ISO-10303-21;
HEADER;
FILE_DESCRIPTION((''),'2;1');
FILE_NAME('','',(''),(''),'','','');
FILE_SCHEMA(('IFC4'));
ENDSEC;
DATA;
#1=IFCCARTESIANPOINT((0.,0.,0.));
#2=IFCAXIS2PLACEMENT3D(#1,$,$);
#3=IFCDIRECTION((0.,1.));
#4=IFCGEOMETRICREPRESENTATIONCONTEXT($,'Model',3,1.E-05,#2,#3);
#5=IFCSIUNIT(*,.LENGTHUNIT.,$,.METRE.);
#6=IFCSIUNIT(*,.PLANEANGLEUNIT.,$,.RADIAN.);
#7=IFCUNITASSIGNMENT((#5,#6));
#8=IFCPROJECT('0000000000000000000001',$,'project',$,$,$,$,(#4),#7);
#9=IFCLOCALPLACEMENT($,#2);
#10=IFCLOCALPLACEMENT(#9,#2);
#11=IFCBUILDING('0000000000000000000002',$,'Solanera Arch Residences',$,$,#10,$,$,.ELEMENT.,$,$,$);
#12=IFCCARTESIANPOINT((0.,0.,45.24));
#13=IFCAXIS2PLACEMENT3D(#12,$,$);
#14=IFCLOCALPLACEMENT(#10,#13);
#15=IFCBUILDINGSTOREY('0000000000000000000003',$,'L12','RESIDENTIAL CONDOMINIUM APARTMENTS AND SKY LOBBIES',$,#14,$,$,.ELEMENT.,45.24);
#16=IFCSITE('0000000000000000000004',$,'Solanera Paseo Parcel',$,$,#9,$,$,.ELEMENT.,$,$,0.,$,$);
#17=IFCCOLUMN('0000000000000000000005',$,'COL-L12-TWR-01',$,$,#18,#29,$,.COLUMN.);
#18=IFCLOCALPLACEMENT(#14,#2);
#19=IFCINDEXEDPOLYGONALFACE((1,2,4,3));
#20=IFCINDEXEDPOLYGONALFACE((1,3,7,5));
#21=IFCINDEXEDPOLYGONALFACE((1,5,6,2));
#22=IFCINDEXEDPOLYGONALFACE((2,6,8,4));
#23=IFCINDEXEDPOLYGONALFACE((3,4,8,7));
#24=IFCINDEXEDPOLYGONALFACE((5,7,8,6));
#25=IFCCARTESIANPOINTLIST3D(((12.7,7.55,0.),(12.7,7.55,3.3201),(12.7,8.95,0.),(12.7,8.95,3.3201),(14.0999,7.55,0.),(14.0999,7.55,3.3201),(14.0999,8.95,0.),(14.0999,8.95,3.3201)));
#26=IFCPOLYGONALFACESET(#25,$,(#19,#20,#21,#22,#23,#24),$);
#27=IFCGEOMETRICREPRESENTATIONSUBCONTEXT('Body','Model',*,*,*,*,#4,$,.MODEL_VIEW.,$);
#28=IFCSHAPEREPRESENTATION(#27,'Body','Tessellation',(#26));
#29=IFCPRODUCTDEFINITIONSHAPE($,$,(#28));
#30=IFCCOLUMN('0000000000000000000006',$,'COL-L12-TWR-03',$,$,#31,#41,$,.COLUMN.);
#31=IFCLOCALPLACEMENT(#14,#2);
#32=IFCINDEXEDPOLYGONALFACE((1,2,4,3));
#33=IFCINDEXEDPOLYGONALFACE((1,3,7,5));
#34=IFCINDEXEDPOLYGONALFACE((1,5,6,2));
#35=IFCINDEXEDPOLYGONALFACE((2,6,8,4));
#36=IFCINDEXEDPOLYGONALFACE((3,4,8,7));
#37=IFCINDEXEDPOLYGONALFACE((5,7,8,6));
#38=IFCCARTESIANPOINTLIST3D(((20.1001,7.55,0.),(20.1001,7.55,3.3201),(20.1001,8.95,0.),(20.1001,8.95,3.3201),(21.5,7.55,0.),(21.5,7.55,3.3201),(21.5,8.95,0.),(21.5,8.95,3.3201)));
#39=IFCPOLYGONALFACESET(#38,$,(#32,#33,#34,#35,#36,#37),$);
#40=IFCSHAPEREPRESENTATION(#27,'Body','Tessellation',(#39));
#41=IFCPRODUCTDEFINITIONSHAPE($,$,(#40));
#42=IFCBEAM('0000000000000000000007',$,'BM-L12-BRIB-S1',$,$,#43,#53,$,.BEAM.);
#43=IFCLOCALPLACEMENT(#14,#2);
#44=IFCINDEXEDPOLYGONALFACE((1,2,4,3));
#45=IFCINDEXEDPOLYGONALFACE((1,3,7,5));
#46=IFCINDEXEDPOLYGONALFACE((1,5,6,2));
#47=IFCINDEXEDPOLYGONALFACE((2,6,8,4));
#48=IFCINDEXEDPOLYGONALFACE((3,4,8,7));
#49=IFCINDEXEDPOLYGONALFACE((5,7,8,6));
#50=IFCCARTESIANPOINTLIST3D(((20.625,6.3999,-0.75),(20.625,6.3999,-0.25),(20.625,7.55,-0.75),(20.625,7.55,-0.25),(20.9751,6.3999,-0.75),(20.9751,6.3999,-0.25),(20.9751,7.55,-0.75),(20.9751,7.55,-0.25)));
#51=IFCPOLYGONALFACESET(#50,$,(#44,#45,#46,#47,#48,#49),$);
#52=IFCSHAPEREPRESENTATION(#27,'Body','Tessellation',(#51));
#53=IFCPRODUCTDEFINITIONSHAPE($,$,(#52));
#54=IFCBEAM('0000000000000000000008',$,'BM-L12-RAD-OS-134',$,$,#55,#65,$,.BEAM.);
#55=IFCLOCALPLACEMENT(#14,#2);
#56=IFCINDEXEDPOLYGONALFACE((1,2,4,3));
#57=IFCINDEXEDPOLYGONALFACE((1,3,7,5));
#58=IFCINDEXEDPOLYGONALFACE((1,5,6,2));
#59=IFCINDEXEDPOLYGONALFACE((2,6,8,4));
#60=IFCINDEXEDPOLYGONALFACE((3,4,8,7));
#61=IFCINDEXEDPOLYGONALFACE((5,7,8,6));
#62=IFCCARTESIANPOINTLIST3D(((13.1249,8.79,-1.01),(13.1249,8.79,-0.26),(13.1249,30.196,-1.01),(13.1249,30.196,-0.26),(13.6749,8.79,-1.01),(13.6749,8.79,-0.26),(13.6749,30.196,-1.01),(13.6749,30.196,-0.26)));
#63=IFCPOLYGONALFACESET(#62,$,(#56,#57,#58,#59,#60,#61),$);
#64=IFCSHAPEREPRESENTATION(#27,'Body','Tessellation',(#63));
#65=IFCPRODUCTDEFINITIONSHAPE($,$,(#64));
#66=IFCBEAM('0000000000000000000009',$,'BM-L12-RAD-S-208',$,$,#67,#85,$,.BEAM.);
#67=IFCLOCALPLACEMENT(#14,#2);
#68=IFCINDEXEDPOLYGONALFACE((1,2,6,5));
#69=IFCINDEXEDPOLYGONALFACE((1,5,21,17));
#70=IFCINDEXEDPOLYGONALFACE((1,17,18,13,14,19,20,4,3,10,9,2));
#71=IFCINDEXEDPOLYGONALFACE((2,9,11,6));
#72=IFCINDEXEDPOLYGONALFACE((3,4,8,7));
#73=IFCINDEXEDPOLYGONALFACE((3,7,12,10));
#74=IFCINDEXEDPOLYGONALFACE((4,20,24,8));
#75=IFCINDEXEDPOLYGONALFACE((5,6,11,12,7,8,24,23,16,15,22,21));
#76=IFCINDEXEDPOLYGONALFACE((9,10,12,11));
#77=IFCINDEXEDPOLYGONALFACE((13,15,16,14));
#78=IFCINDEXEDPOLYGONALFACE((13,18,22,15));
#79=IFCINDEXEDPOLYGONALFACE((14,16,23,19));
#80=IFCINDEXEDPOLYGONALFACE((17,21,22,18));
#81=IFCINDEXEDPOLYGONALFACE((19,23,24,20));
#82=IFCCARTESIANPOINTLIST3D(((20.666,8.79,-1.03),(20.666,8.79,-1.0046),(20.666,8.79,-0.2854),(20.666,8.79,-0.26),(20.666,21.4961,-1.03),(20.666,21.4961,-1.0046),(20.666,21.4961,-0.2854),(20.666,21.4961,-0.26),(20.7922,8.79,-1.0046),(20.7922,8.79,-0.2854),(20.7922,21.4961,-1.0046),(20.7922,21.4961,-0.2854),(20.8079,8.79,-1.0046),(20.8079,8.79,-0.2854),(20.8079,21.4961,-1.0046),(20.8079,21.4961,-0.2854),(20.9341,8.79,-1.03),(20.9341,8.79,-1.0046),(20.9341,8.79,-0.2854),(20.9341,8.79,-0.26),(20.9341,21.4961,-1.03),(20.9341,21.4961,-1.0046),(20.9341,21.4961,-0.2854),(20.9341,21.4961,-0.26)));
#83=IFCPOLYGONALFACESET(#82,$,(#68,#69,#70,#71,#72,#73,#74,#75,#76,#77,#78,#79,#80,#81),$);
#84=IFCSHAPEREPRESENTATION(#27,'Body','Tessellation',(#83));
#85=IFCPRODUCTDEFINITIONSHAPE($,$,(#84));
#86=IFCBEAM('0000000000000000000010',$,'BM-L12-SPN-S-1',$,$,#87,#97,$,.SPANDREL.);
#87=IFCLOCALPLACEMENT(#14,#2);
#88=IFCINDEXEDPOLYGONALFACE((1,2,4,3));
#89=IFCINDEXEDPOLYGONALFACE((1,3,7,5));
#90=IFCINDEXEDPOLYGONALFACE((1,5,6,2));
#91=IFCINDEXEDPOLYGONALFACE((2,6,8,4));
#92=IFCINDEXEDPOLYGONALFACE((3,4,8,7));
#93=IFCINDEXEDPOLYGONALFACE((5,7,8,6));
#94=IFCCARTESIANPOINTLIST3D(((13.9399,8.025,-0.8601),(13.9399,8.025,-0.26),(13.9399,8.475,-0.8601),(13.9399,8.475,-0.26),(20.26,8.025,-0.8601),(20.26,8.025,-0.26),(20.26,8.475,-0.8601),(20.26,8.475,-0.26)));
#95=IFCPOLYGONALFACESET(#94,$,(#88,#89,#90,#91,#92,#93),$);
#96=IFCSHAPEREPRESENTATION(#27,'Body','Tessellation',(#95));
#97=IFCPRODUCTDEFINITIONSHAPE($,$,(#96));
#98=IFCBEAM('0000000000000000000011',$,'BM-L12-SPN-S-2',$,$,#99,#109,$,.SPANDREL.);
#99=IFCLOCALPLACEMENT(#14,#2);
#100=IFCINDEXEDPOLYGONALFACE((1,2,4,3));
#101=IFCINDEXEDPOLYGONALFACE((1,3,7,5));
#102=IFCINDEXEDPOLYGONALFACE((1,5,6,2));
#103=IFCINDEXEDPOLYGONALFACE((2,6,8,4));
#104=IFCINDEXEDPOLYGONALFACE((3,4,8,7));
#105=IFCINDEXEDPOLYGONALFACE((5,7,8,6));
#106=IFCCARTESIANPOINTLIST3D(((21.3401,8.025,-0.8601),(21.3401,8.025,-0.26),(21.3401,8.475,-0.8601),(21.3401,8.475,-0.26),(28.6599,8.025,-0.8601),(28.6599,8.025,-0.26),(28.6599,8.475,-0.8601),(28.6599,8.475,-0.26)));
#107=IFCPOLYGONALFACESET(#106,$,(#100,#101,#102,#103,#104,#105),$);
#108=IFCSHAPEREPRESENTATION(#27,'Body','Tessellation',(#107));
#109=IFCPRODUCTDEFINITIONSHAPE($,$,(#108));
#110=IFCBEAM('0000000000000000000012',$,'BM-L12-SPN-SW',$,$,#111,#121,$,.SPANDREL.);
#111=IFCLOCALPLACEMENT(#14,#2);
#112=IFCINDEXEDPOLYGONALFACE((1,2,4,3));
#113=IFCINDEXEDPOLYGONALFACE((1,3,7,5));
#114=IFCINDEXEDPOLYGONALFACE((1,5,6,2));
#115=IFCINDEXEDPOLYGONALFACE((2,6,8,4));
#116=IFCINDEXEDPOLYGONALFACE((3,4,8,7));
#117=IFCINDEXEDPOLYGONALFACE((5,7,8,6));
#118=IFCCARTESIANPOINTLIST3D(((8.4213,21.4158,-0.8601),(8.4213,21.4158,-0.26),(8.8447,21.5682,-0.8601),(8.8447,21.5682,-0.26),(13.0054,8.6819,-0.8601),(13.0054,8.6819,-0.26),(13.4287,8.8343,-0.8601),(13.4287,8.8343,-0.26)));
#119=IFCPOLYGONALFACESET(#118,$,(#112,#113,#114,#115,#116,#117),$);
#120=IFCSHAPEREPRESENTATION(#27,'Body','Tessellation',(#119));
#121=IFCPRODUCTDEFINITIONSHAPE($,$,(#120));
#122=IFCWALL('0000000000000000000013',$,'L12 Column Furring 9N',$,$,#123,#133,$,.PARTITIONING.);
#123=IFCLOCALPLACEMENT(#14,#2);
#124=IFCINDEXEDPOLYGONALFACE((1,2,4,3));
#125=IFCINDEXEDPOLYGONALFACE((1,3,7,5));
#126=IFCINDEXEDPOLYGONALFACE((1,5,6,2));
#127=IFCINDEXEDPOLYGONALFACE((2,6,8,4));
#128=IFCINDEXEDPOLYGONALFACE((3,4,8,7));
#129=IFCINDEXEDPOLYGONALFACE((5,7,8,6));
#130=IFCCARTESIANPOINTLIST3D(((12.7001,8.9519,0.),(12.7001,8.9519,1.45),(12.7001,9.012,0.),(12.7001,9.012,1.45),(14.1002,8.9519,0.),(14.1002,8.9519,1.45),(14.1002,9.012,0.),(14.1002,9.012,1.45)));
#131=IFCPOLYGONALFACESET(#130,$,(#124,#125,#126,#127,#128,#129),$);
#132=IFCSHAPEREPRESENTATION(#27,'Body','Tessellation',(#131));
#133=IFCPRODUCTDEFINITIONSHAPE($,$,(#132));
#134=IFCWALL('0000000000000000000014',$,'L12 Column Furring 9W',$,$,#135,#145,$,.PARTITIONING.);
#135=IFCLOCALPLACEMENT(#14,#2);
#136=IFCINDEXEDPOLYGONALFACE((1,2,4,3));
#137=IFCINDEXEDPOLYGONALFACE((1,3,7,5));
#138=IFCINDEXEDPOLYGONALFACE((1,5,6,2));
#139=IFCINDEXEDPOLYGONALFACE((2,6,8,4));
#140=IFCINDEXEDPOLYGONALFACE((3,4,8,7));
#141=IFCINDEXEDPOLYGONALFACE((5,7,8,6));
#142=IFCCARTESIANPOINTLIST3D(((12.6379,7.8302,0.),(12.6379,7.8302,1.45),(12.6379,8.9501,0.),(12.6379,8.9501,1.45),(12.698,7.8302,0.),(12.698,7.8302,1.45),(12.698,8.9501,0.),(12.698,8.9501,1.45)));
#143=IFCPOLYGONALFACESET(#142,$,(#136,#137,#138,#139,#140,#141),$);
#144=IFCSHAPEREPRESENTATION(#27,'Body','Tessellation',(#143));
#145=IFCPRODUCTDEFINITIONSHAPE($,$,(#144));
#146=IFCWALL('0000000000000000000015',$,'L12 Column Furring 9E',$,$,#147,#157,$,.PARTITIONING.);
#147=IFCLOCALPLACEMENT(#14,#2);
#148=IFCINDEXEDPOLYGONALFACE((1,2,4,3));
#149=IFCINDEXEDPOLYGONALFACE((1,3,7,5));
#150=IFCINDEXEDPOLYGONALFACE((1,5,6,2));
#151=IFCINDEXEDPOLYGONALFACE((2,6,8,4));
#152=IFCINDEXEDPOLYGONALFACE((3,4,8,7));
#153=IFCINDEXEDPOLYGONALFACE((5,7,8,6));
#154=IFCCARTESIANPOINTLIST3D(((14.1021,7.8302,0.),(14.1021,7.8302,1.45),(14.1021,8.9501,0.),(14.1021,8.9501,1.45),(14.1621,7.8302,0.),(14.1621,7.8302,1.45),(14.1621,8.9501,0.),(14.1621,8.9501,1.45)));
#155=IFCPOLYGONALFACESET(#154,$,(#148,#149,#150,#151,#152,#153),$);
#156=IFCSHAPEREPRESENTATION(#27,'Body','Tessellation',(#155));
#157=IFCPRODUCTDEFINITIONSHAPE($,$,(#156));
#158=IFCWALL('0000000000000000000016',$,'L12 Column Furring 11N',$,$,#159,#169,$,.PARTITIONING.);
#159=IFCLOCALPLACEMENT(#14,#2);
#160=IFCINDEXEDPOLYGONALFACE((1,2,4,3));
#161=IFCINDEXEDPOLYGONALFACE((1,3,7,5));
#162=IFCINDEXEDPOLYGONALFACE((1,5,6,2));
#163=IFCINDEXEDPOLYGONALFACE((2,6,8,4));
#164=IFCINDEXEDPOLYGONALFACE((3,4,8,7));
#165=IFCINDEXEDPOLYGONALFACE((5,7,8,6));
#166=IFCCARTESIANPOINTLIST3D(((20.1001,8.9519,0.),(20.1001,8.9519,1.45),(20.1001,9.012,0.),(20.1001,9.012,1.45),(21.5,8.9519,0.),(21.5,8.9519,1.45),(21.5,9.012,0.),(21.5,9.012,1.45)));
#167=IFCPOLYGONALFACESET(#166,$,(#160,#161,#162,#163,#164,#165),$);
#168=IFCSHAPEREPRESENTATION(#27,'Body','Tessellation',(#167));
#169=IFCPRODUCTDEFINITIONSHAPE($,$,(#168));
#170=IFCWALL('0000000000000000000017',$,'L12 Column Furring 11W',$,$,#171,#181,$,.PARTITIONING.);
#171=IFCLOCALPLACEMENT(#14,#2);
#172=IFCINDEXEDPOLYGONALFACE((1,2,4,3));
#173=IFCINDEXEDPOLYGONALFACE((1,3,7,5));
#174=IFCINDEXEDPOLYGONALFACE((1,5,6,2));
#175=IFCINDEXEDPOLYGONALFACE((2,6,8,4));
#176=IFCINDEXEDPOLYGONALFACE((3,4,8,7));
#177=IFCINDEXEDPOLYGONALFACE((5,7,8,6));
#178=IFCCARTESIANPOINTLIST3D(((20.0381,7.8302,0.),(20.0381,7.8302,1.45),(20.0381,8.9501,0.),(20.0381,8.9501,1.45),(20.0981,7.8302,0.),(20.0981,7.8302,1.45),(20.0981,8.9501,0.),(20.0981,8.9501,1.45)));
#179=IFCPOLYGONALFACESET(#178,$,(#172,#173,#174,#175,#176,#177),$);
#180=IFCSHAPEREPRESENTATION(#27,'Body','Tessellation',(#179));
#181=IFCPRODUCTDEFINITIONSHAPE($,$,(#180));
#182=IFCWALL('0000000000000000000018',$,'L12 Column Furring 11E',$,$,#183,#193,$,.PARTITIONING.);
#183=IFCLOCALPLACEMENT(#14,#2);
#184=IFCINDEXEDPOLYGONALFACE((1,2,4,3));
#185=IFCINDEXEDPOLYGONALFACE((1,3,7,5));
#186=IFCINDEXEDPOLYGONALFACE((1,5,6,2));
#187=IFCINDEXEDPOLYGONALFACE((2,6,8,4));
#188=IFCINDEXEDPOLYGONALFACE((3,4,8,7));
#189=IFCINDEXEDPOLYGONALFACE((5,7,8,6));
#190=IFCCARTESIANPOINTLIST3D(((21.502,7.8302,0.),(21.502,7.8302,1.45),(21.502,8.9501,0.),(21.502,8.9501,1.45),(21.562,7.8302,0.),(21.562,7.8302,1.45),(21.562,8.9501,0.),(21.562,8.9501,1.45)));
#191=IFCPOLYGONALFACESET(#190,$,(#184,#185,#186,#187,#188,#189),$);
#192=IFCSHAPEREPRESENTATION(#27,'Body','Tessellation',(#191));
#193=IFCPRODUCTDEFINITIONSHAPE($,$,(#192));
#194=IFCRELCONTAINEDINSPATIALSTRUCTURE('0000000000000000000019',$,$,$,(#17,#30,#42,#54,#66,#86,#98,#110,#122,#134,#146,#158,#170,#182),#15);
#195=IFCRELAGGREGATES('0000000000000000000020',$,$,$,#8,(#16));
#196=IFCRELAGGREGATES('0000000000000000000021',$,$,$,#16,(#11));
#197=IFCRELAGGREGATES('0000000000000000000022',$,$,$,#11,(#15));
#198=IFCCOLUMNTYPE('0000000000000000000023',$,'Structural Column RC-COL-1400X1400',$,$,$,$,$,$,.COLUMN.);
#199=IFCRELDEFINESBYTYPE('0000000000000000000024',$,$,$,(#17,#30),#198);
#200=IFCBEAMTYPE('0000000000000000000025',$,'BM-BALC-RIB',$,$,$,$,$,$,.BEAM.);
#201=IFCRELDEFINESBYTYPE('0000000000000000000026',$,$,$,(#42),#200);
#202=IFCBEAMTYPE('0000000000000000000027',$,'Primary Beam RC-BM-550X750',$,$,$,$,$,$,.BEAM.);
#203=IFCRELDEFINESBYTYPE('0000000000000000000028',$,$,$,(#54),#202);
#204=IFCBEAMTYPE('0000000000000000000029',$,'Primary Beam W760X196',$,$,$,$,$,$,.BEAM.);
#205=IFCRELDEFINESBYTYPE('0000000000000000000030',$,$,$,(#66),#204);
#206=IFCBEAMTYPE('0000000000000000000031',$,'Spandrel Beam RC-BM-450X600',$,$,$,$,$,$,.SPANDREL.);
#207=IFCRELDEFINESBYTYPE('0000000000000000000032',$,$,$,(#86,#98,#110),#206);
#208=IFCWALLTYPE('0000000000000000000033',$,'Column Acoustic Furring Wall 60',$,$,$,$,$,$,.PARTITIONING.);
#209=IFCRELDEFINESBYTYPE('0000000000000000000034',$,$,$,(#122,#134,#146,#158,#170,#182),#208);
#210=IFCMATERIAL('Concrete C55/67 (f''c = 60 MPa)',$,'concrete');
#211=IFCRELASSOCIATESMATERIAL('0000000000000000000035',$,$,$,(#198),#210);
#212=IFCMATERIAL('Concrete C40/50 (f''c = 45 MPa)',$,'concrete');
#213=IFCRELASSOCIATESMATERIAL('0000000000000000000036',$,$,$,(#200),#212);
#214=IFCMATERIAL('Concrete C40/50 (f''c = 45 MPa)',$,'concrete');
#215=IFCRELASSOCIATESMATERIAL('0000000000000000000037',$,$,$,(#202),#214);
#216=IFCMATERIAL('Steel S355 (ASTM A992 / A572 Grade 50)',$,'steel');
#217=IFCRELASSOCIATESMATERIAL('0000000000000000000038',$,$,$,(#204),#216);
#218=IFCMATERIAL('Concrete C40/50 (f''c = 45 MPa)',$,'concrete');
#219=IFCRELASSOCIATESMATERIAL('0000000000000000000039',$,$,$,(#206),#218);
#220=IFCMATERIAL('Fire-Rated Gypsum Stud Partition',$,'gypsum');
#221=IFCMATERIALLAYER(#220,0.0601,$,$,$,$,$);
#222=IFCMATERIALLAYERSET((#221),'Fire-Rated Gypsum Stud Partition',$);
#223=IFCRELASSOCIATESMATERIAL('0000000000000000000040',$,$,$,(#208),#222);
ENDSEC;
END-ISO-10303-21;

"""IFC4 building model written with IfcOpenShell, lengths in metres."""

from ifc_helpers import new_model, si_unit, direction, frame, frame_2d, origin, origin_2d, place, context, subcontext, project, spatial, rectangle, i_section, extrude, material, layer, layer_set, material_profile, profile_set, type_object, element, save


model = new_model("IFC4")

# Units and contexts
model_context = context("Model", 3, precision=1e-05, world=origin(), true_north=direction((0.0, 1.0)))
body_context = subcontext(model_context, "Body", "Model", "MODEL_VIEW")
ifc_project = project(units=[si_unit("LENGTHUNIT", "METRE"), si_unit("PLANEANGLEUNIT", "RADIAN")], contexts=[model_context])

# Site, building, storey
site_placement = place(None, origin())
site = spatial("IfcSite", under=ifc_project, at=site_placement, Name="Solanera Paseo Parcel", CompositionType="ELEMENT", RefElevation=0.0)
building_placement = place(site_placement, origin())
building = spatial("IfcBuilding", under=site, at=building_placement, Name="Solanera Arch Residences", CompositionType="ELEMENT")
storey_placement = place(building_placement, frame((0.0, 0.0, 45.24)))
storey = spatial("IfcBuildingStorey", under=building, at=storey_placement, Name="L12", Description="RESIDENTIAL CONDOMINIUM APARTMENTS AND SKY LOBBIES", CompositionType="ELEMENT", Elevation=45.24)

# Columns
ifc_material_1 = material(Name="Concrete C55/67 (f'c = 60 MPa)", Category="concrete")
ifc_material_profile_1 = material_profile(ifc_material_1, rectangle(XDim=1.3999, YDim=1.3999, at=origin_2d()))
ifc_profile_set_1 = profile_set([ifc_material_profile_1], Name="Concrete C55/67 (f'c = 60 MPa)")
column_type = type_object("IfcColumnType", Name="Structural Column RC-COL-1400X1400", PredefinedType="COLUMN", material=ifc_profile_set_1)
for number, where, z_axis, x_axis, name in (
    (1, (13.3999, 8.25, 0.0), (0.0, 0.0, 1.0), (1.0, 0.0, 0.0), "COL-L12-TWR-01"),
    (2, (20.8, 8.25, 0.0), (0.0, 0.0, 1.0), (1.0, 0.0, 0.0), "COL-L12-TWR-03"),
):
    element("IfcColumn", number, at=place(storey_placement, frame(where, z_axis=z_axis, x_axis=x_axis)), inside=storey, type_object=column_type, Name=name, PredefinedType="COLUMN", context=body_context, shape_type="SweptSolid", body=[
        extrude(rectangle(XDim=1.3999, YDim=1.3999, at=origin_2d()), origin(), (0.0, 0.0, 1.0), 3.3201),
    ])

# Beams
ifc_material_2 = material(Name="Concrete C40/50 (f'c = 45 MPa)", Category="concrete")
ifc_material_profile_2 = material_profile(ifc_material_2, rectangle(XDim=0.3501, YDim=0.5, at=origin_2d()))
ifc_profile_set_2 = profile_set([ifc_material_profile_2], Name="Concrete C40/50 (f'c = 45 MPa)")
beam_type_1 = type_object("IfcBeamType", Name="BM-BALC-RIB", PredefinedType="BEAM", material=ifc_profile_set_2)
beam_1_placement = place(storey_placement, frame((20.8, 6.3999, -0.5), z_axis=(0.0, 1.0, 0.0), x_axis=(-1.0, 0.0, 0.0)))
element("IfcBeam", 3, at=beam_1_placement, inside=storey, type_object=beam_type_1, Name="BM-L12-BRIB-S1", PredefinedType="BEAM", context=body_context, shape_type="SweptSolid", body=[
    extrude(rectangle(XDim=0.3501, YDim=0.5, at=origin_2d()), origin(), (0.0, 0.0, 1.0), 1.1501),
])
ifc_material_3 = material(Name="Concrete C40/50 (f'c = 45 MPa)", Category="concrete")
ifc_material_profile_3 = material_profile(ifc_material_3, rectangle(XDim=0.55, YDim=0.75, at=origin_2d()))
ifc_profile_set_3 = profile_set([ifc_material_profile_3], Name="Concrete C40/50 (f'c = 45 MPa)")
beam_type_2 = type_object("IfcBeamType", Name="Primary Beam RC-BM-550X750", PredefinedType="BEAM", material=ifc_profile_set_3)
beam_2_placement = place(storey_placement, frame((13.3999, 8.79, -0.635), z_axis=(0.0, 1.0, 0.0), x_axis=(-1.0, 0.0, 0.0)))
element("IfcBeam", 4, at=beam_2_placement, inside=storey, type_object=beam_type_2, Name="BM-L12-RAD-OS-134", PredefinedType="BEAM", context=body_context, shape_type="SweptSolid", body=[
    extrude(rectangle(XDim=0.55, YDim=0.75, at=origin_2d()), origin(), (0.0, 0.0, 1.0), 21.406),
])
ifc_material_4 = material(Name="Steel S355 (ASTM A992 / A572 Grade 50)", Category="steel")
ifc_material_profile_4 = material_profile(ifc_material_4, i_section(OverallWidth=0.2681, OverallDepth=0.77, WebThickness=0.0156, FlangeThickness=0.0254, at=origin_2d()))
ifc_profile_set_4 = profile_set([ifc_material_profile_4], Name="Steel S355 (ASTM A992 / A572 Grade 50)")
beam_type_3 = type_object("IfcBeamType", Name="Primary Beam W760X196", PredefinedType="BEAM", material=ifc_profile_set_4)
beam_3_placement = place(storey_placement, frame((20.8, 8.79, -0.645), z_axis=(0.0, 1.0, 0.0), x_axis=(-1.0, 0.0, 0.0)))
element("IfcBeam", 5, at=beam_3_placement, inside=storey, type_object=beam_type_3, Name="BM-L12-RAD-S-208", PredefinedType="BEAM", context=body_context, shape_type="SweptSolid", body=[
    extrude(i_section(OverallWidth=0.2681, OverallDepth=0.77, WebThickness=0.0156, FlangeThickness=0.0254, at=origin_2d()), origin(), (0.0, 0.0, 1.0), 12.7061),
])
ifc_material_5 = material(Name="Concrete C40/50 (f'c = 45 MPa)", Category="concrete")
ifc_material_profile_5 = material_profile(ifc_material_5, rectangle(XDim=0.45, YDim=0.6001, at=origin_2d()))
ifc_profile_set_5 = profile_set([ifc_material_profile_5], Name="Concrete C40/50 (f'c = 45 MPa)")
beam_type_4 = type_object("IfcBeamType", Name="Spandrel Beam RC-BM-450X600", PredefinedType="SPANDREL", material=ifc_profile_set_5)
beam_4_placement = place(storey_placement, frame((13.9399, 8.25, -0.5601), z_axis=(1.0, 0.0, 0.0), x_axis=(0.0, 1.0, 0.0)))
element("IfcBeam", 6, at=beam_4_placement, inside=storey, type_object=beam_type_4, Name="BM-L12-SPN-S-1", PredefinedType="SPANDREL", context=body_context, shape_type="SweptSolid", body=[
    extrude(rectangle(XDim=0.45, YDim=0.6001, at=origin_2d()), origin(), (0.0, 0.0, 1.0), 6.3201),
])
beam_5_placement = place(storey_placement, frame((21.3401, 8.25, -0.5601), z_axis=(1.0, 0.0, 0.0), x_axis=(0.0, 1.0, 0.0)))
element("IfcBeam", 7, at=beam_5_placement, inside=storey, type_object=beam_type_4, Name="BM-L12-SPN-S-2", PredefinedType="SPANDREL", context=body_context, shape_type="SweptSolid", body=[
    extrude(rectangle(XDim=0.45, YDim=0.6001, at=origin_2d()), origin(), (0.0, 0.0, 1.0), 7.3198),
])
beam_6_placement = place(storey_placement, frame((13.217, 8.7581, -0.5601), z_axis=(-0.338705, 0.940892, 0.0), x_axis=(-0.940892, -0.338705, 0.0)))
element("IfcBeam", 8, at=beam_6_placement, inside=storey, type_object=beam_type_4, Name="BM-L12-SPN-SW", PredefinedType="SPANDREL", context=body_context, shape_type="SweptSolid", body=[
    extrude(rectangle(XDim=0.45, YDim=0.6001, at=origin_2d()), origin(), (0.0, 0.0, 1.0), 13.5339),
])

# Walls
ifc_material_6 = material(Name="Fire-Rated Gypsum Stud Partition", Category="gypsum")
ifc_layer_1 = layer(ifc_material_6, 0.0601)
ifc_layer_set_1 = layer_set([ifc_layer_1], Name="Fire-Rated Gypsum Stud Partition")
wall_type_1 = type_object("IfcWallType", Name="Column Acoustic Furring Wall 60", PredefinedType="PARTITIONING", material=ifc_layer_set_1)
wall_1_placement = place(storey_placement, frame((12.7, 8.9819, 0.0), z_axis=(0.0, 0.0, 1.0), x_axis=(1.0, 0.0, 0.0)))
element("IfcWall", 9, at=wall_1_placement, inside=storey, type_object=wall_type_1, Name="L12 Column Furring 9N", PredefinedType="PARTITIONING", context=body_context, shape_type="SweptSolid", body=[
    extrude(rectangle(XDim=1.4001, YDim=0.0601, at=frame_2d((0.7002, 0.0))), origin(), (0.0, 0.0, 1.0), 1.45),
])
for number, where, z_axis, x_axis, name in (
    (10, (12.668, 7.8301, 0.0), (0.0, 0.0, 1.0), (0.0, 1.0, 0.0), "L12 Column Furring 9W"),
    (11, (14.1321, 7.8301, 0.0), (0.0, 0.0, 1.0), (0.0, 1.0, 0.0), "L12 Column Furring 9E"),
):
    element("IfcWall", number, at=place(storey_placement, frame(where, z_axis=z_axis, x_axis=x_axis)), inside=storey, type_object=wall_type_1, Name=name, PredefinedType="PARTITIONING", context=body_context, shape_type="SweptSolid", body=[
        extrude(rectangle(XDim=1.1199, YDim=0.0601, at=frame_2d((0.5601, 0.0))), origin(), (0.0, 0.0, 1.0), 1.45),
    ])
wall_2_placement = place(storey_placement, frame((20.1001, 8.9819, 0.0), z_axis=(0.0, 0.0, 1.0), x_axis=(1.0, 0.0, 0.0)))
element("IfcWall", 12, at=wall_2_placement, inside=storey, type_object=wall_type_1, Name="L12 Column Furring 11N", PredefinedType="PARTITIONING", context=body_context, shape_type="SweptSolid", body=[
    extrude(rectangle(XDim=1.3999, YDim=0.0601, at=frame_2d((0.7, 0.0))), origin(), (0.0, 0.0, 1.0), 1.45),
])
for number, where, z_axis, x_axis, name in (
    (13, (20.0681, 7.8301, 0.0), (0.0, 0.0, 1.0), (0.0, 1.0, 0.0), "L12 Column Furring 11W"),
    (14, (21.532, 7.8301, 0.0), (0.0, 0.0, 1.0), (0.0, 1.0, 0.0), "L12 Column Furring 11E"),
):
    element("IfcWall", number, at=place(storey_placement, frame(where, z_axis=z_axis, x_axis=x_axis)), inside=storey, type_object=wall_type_1, Name=name, PredefinedType="PARTITIONING", context=body_context, shape_type="SweptSolid", body=[
        extrude(rectangle(XDim=1.1199, YDim=0.0601, at=frame_2d((0.5601, 0.0))), origin(), (0.0, 0.0, 1.0), 1.45),
    ])

save(model, "model.ifc")
